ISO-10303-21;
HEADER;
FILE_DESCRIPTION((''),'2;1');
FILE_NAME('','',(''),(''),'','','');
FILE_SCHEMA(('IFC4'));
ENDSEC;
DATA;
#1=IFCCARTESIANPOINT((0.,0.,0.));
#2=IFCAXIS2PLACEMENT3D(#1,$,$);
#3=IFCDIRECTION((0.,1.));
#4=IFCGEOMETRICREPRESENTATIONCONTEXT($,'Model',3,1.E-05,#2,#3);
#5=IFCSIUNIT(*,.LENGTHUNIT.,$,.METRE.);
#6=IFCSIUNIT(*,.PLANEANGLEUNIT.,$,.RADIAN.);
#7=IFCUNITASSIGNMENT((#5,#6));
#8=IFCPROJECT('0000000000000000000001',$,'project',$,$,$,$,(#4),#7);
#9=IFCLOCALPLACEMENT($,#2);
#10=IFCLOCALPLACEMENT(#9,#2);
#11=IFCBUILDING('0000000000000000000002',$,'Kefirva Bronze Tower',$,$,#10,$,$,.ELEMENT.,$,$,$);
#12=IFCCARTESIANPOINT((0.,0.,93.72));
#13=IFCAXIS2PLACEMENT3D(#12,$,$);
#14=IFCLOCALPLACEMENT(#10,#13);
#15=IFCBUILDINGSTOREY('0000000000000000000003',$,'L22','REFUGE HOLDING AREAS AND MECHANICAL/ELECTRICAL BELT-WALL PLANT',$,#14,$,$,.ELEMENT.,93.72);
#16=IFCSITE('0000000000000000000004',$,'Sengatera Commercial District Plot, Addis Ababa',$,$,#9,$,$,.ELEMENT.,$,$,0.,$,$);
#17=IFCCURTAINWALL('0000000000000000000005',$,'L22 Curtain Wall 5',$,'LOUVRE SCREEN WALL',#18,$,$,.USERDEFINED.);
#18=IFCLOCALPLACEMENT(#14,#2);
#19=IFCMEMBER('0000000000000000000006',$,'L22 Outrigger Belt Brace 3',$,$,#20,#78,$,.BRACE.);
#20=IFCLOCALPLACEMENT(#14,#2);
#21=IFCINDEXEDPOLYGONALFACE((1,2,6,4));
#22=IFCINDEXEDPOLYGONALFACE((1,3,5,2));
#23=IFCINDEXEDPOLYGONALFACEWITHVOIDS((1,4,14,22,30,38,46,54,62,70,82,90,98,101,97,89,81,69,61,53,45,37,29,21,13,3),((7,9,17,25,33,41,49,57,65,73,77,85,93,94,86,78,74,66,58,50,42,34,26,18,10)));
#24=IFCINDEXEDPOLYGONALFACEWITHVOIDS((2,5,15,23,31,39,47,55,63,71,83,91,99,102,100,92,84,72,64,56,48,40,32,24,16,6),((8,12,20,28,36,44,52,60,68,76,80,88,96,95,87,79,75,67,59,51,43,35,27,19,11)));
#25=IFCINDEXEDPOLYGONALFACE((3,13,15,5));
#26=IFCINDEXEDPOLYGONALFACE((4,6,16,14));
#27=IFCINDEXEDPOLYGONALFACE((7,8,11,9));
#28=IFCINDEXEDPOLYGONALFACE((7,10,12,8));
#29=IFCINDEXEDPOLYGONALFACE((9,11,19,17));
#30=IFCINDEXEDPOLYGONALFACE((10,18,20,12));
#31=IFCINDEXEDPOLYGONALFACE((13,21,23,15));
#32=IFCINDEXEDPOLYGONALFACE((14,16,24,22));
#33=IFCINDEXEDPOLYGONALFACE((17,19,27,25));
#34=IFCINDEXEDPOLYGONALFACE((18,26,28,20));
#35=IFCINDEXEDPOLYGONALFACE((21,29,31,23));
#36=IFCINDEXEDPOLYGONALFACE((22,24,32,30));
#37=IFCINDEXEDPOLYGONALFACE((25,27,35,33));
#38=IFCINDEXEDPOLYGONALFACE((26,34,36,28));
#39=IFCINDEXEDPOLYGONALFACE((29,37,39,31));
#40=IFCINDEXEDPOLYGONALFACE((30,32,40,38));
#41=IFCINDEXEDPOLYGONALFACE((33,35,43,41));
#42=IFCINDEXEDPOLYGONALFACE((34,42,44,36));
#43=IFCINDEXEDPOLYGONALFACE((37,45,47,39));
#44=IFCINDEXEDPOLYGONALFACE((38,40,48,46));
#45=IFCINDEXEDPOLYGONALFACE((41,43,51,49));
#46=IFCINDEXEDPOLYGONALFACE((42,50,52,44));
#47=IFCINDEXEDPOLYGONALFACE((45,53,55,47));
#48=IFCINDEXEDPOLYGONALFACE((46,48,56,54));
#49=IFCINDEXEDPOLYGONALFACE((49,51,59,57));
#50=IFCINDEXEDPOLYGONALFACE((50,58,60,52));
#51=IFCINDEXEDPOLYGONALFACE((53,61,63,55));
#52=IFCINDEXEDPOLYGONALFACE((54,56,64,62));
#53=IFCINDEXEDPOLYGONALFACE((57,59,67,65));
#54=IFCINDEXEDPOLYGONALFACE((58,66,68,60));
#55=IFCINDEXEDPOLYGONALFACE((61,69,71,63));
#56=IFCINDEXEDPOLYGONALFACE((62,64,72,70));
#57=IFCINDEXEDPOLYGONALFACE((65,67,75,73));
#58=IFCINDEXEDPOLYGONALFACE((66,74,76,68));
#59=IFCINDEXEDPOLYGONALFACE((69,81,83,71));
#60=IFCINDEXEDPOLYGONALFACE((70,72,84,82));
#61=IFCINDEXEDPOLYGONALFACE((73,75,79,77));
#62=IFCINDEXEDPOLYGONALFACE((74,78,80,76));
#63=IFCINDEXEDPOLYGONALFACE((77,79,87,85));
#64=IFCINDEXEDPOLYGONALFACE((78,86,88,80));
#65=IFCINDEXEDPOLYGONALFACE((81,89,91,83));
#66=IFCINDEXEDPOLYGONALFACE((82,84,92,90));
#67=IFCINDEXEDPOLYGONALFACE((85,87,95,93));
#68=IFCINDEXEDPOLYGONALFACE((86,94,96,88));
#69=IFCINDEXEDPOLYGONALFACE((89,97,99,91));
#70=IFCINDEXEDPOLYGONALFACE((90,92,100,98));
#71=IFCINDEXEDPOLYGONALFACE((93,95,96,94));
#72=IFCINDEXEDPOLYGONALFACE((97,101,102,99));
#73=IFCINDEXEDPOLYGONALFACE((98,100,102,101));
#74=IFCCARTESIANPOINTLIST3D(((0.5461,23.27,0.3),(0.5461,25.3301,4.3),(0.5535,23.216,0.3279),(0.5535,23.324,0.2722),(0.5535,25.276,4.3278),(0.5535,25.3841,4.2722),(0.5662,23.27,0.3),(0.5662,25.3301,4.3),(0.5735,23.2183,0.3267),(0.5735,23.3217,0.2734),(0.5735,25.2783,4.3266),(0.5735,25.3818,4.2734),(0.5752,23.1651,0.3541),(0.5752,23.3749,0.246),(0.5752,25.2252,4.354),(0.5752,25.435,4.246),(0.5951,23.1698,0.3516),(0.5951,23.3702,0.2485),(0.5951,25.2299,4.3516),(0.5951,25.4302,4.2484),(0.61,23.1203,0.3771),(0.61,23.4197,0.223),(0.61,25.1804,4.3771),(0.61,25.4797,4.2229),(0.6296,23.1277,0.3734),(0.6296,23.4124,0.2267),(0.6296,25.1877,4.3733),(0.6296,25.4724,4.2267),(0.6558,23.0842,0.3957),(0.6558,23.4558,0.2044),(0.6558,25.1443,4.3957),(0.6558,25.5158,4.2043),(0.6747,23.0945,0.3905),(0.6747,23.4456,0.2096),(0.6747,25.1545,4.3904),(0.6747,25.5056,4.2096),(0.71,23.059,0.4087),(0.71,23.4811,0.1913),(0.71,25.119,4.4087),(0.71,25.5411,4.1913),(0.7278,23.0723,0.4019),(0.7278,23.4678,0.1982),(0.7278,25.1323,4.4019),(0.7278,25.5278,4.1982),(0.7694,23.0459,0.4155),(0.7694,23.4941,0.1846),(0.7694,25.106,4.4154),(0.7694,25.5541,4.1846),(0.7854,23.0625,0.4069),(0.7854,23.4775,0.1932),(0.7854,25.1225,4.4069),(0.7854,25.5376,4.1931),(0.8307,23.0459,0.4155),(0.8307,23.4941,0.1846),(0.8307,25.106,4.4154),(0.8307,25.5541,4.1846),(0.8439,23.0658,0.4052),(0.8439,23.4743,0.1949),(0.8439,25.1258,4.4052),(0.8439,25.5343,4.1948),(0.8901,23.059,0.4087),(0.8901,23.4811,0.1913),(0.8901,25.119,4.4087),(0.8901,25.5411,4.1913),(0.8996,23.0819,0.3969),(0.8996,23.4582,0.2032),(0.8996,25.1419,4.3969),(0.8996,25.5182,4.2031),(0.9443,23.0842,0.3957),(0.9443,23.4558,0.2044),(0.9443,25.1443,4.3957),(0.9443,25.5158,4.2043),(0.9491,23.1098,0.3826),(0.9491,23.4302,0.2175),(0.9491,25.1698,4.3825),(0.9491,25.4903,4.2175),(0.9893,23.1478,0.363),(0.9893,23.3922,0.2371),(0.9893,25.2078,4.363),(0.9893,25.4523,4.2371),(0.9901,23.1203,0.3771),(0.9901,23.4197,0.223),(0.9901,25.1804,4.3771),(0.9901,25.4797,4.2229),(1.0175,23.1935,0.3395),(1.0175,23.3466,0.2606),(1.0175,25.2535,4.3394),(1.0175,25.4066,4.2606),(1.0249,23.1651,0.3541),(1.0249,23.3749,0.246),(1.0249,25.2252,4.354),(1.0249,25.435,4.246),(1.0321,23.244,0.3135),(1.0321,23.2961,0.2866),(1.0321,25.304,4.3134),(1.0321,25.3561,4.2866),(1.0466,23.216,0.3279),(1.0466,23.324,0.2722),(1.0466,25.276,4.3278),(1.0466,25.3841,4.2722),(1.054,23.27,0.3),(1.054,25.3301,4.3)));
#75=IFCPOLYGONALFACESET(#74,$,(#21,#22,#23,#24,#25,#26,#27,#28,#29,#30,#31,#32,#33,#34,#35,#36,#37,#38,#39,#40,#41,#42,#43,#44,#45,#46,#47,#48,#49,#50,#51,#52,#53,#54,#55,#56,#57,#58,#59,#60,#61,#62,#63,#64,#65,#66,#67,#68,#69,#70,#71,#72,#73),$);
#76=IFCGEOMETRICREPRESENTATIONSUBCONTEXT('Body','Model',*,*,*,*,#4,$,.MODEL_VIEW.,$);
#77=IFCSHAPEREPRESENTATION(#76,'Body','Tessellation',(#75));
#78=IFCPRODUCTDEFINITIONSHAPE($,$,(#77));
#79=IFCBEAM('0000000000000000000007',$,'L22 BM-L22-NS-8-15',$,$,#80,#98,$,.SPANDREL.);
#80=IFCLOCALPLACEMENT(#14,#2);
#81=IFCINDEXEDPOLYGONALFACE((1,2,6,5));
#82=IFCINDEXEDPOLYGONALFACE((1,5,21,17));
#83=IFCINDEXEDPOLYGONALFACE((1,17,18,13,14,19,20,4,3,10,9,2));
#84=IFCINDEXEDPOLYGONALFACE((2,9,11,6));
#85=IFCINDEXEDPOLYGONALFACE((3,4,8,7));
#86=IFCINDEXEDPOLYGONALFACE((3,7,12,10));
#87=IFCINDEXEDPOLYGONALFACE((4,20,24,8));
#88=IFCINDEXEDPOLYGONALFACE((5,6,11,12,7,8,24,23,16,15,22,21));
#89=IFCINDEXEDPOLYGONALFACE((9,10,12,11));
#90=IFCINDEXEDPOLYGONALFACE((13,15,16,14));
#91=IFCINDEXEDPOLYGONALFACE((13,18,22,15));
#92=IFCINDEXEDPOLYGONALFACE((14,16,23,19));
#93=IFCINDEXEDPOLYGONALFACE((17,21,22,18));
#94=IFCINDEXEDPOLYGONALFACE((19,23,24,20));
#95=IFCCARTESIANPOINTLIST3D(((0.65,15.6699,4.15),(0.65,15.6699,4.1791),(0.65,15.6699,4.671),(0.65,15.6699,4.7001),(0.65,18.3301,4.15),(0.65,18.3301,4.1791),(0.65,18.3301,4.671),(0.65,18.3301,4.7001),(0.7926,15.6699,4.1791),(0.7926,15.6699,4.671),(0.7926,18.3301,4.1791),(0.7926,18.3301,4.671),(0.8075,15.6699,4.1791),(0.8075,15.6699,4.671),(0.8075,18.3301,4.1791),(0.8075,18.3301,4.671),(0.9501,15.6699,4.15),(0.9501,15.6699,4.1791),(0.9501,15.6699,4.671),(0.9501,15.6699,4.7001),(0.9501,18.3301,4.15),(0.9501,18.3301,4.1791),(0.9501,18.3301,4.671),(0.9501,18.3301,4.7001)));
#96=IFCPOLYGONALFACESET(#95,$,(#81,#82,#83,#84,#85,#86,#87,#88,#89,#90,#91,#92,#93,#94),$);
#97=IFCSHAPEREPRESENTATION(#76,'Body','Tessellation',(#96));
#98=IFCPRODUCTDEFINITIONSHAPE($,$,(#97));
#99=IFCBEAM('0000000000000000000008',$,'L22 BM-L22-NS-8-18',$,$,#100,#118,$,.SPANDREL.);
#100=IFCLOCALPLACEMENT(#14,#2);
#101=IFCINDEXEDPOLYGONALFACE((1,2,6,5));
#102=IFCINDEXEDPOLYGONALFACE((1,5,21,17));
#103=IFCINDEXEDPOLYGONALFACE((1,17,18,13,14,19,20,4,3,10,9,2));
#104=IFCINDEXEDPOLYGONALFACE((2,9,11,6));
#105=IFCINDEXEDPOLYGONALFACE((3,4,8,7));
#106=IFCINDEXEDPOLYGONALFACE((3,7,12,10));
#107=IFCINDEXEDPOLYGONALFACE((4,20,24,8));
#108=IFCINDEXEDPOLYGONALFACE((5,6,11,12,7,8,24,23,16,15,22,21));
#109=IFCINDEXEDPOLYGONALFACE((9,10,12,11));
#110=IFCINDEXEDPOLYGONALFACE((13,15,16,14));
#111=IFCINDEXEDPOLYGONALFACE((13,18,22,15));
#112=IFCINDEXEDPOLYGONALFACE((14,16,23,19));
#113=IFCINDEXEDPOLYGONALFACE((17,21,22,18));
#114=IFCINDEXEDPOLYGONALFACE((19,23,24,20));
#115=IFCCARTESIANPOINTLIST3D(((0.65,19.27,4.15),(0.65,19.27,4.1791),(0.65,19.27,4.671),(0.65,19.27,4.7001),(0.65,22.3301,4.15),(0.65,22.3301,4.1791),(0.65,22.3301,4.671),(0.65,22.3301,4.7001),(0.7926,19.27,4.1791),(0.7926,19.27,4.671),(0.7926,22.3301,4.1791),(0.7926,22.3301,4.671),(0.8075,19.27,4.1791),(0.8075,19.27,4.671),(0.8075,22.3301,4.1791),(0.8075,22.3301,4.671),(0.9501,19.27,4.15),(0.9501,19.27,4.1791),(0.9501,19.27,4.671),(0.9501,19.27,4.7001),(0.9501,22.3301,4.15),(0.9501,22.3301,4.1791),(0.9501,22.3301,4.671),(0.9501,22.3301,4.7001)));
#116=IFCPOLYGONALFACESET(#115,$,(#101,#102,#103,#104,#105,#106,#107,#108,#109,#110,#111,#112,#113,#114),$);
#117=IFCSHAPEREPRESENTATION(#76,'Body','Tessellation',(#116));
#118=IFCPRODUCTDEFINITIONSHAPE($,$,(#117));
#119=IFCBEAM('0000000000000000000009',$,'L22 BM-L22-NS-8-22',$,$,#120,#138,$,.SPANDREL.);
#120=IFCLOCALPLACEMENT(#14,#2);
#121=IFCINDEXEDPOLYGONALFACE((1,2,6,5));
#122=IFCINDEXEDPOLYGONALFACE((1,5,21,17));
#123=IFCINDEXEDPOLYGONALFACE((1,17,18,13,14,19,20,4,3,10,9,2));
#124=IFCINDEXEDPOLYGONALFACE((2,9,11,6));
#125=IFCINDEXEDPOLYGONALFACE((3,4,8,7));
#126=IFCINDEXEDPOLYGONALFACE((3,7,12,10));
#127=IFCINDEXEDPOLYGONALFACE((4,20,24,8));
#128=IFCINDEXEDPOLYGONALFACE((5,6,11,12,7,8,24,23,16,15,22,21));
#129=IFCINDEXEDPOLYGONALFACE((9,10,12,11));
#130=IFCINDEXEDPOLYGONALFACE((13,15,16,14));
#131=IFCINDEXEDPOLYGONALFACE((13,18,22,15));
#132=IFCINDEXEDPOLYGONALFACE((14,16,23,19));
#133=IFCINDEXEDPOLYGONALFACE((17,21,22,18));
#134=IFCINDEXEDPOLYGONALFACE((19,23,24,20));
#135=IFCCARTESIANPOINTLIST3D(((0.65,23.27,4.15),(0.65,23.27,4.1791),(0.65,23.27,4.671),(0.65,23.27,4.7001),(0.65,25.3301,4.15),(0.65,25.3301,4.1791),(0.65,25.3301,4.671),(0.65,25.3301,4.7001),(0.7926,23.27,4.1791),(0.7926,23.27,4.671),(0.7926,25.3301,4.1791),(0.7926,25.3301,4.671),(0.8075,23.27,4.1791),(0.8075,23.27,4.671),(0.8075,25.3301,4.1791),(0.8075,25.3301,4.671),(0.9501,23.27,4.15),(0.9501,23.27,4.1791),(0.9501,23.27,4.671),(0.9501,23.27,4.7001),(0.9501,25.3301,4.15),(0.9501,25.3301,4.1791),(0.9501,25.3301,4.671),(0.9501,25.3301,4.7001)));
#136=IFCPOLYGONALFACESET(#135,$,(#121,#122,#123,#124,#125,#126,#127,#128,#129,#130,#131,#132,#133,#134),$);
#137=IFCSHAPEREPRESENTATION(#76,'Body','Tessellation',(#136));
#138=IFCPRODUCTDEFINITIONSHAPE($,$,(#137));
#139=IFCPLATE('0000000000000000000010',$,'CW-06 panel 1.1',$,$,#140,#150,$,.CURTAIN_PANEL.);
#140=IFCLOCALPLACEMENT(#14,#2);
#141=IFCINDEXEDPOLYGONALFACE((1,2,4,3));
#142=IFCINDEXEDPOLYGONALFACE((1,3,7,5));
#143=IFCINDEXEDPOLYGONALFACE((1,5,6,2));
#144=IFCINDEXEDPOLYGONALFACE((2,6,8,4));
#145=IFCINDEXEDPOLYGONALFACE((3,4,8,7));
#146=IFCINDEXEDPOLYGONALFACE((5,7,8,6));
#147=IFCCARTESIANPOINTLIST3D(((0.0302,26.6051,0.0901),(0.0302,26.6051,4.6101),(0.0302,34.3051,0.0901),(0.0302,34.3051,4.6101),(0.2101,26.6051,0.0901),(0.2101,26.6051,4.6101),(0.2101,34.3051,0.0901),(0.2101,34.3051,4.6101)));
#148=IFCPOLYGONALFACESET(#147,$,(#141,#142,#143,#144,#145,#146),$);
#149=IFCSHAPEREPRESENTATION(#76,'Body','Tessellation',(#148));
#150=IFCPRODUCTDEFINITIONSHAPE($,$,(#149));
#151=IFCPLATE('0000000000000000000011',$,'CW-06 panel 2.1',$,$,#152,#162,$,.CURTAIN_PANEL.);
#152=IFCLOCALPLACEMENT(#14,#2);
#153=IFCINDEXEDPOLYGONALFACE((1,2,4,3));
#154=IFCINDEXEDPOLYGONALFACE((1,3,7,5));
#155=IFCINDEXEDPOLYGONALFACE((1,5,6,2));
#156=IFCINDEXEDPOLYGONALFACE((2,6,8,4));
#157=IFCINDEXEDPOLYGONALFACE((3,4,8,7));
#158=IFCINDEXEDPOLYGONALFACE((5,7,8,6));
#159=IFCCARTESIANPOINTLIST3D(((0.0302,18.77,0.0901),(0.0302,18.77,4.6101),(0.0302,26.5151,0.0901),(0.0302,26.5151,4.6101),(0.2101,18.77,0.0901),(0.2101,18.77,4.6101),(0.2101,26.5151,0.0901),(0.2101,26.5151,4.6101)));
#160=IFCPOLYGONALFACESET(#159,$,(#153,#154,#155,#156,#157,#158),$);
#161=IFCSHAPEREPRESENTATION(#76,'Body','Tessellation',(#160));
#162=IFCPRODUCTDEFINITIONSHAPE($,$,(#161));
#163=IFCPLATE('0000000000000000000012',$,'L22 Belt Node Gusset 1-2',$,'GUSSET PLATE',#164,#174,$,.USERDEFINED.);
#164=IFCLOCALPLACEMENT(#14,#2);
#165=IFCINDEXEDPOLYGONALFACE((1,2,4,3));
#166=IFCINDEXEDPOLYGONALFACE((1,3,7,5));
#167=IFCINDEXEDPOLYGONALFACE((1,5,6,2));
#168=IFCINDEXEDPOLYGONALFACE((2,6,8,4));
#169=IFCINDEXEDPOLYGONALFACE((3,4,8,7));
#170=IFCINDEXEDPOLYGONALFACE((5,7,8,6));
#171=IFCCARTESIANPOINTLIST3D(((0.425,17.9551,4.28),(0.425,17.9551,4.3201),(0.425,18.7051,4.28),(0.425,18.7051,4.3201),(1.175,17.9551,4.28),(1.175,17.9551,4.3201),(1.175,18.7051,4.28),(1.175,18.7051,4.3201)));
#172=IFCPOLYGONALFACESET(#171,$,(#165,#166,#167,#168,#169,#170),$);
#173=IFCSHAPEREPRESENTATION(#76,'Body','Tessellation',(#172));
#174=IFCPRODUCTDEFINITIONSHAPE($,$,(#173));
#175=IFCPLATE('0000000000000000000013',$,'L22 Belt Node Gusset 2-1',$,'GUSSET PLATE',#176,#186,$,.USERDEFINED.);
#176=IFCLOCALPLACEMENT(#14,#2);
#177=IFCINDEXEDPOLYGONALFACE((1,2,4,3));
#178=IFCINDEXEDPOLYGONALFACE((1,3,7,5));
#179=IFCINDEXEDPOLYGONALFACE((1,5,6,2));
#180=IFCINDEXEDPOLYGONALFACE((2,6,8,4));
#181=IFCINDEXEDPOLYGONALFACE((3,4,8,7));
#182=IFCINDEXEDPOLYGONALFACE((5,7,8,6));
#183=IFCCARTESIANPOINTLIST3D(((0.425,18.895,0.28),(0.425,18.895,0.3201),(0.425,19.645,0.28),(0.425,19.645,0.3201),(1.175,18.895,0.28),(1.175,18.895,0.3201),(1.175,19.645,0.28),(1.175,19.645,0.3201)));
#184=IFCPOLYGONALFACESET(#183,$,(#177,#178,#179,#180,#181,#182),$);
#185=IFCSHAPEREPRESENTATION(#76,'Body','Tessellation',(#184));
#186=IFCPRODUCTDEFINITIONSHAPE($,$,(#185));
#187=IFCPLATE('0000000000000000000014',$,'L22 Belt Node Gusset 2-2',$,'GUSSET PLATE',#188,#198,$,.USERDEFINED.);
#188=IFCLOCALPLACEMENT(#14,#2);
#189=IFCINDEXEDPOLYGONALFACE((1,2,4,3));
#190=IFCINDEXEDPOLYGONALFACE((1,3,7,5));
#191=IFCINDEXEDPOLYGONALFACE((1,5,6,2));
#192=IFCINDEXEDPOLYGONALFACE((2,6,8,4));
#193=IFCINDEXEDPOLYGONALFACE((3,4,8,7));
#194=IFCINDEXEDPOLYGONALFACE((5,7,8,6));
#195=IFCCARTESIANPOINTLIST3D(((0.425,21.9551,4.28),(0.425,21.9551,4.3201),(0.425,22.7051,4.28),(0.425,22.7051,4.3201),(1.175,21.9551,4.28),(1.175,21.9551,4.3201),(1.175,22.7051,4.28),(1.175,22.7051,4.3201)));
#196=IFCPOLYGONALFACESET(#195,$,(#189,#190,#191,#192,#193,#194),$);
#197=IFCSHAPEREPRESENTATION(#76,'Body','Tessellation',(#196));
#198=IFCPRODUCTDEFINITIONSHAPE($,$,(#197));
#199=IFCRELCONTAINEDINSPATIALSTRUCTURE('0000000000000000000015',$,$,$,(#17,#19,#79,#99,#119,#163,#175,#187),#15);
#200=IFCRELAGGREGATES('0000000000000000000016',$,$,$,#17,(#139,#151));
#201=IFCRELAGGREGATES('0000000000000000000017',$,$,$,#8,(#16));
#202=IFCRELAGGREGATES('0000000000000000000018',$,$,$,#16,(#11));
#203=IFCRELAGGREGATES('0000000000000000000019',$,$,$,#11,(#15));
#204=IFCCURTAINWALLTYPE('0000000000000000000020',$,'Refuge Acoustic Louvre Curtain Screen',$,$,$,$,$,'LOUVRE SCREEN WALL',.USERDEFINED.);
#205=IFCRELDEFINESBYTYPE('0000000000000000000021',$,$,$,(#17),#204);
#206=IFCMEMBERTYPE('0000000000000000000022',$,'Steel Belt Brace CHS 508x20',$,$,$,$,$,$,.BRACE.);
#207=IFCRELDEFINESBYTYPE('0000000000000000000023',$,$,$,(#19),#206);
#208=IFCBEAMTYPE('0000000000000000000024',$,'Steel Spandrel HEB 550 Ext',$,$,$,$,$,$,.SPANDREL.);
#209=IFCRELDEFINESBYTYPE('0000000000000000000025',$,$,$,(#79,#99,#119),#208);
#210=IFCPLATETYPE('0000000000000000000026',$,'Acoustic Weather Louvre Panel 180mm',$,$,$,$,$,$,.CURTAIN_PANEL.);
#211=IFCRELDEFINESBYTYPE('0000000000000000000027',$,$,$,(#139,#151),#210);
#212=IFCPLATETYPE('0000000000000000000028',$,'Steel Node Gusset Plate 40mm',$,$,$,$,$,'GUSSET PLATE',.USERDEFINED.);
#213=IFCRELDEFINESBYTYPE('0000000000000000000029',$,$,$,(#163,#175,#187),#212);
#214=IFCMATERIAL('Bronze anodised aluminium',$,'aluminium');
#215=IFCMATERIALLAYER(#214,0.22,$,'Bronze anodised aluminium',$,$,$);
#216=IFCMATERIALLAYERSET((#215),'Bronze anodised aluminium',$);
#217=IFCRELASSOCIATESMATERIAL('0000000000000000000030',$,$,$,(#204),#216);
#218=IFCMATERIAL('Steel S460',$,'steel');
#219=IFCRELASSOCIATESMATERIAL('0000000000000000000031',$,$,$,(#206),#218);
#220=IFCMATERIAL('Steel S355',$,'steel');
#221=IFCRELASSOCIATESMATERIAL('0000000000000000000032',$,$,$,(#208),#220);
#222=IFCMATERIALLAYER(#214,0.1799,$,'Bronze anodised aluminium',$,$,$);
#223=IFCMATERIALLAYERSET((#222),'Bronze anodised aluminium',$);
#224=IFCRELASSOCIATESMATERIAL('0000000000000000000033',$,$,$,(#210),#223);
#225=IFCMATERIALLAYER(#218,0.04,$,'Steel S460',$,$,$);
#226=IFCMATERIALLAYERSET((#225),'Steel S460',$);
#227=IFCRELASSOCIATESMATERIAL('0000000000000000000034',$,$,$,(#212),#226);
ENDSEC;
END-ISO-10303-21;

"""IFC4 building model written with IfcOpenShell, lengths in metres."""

from ifc_helpers import new_model, si_unit, direction, frame, origin, origin_2d, place, context, subcontext, project, spatial, rectangle, hollow_circle, i_section, extrude, material, layer, layer_set, material_profile, profile_set, type_object, element, aggregate, save


model = new_model("IFC4")

# Units and contexts
model_context = context("Model", 3, precision=1e-05, world=origin(), true_north=direction((0.0, 1.0)))
body_context = subcontext(model_context, "Body", "Model", "MODEL_VIEW")
ifc_project = project(units=[si_unit("LENGTHUNIT", "METRE"), si_unit("PLANEANGLEUNIT", "RADIAN")], contexts=[model_context])

# Site, building, storey
site_placement = place(None, origin())
site = spatial("IfcSite", under=ifc_project, at=site_placement, Name="Sengatera Commercial District Plot, Addis Ababa", CompositionType="ELEMENT", RefElevation=0.0)
building_placement = place(site_placement, origin())
building = spatial("IfcBuilding", under=site, at=building_placement, Name="Kefirva Bronze Tower", CompositionType="ELEMENT")
storey_placement = place(building_placement, frame((0.0, 0.0, 93.72)))
storey = spatial("IfcBuildingStorey", under=building, at=storey_placement, Name="L22", Description="REFUGE HOLDING AREAS AND MECHANICAL/ELECTRICAL BELT-WALL PLANT", CompositionType="ELEMENT", Elevation=93.72)

# Curtain wall
ifc_material_1 = material(Name="Bronze anodised aluminium", Category="aluminium")
ifc_layer_1 = layer(ifc_material_1, 0.22, Name="Bronze anodised aluminium")
ifc_layer_set_1 = layer_set([ifc_layer_1], Name="Bronze anodised aluminium")
curtain_wall_type = type_object("IfcCurtainWallType", Name="Refuge Acoustic Louvre Curtain Screen", ElementType="LOUVRE SCREEN WALL", PredefinedType="USERDEFINED", material=ifc_layer_set_1)
curtain_wall_placement = place(storey_placement, origin())
curtain_wall = element("IfcCurtainWall", 1, at=curtain_wall_placement, inside=storey, type_object=curtain_wall_type, Name="L22 Curtain Wall 5", ObjectType="LOUVRE SCREEN WALL", PredefinedType="USERDEFINED")

# Member
ifc_material_2 = material(Name="Steel S460", Category="steel")
ifc_material_profile_1 = material_profile(ifc_material_2, hollow_circle(Radius=0.2539, WallThickness=0.02, at=origin_2d()), Name="CHS 508x20")
ifc_profile_set_1 = profile_set([ifc_material_profile_1], Name="Steel S460")
member_type_1 = type_object("IfcMemberType", Name="Steel Belt Brace CHS 508x20", PredefinedType="BRACE", material=ifc_profile_set_1)
member_1_placement = place(storey_placement, frame((0.8, 23.27, 0.3), z_axis=(0.0, 0.45786, 0.889024), x_axis=(-1.0, 0.0, 0.0)))
element("IfcMember", 2, at=member_1_placement, inside=storey, type_object=member_type_1, Name="L22 Outrigger Belt Brace 3", PredefinedType="BRACE", context=body_context, shape_type="SweptSolid", body=[
    extrude(hollow_circle(Radius=0.2539, WallThickness=0.02, at=origin_2d()), origin(), (0.0, 0.0, 1.0), 4.4993),
])

# Beams
ifc_material_3 = material(Name="Steel S355", Category="steel")
ifc_material_profile_2 = material_profile(ifc_material_3, i_section(OverallWidth=0.3, OverallDepth=0.55, WebThickness=0.0149, FlangeThickness=0.0291, at=origin_2d()), Name="HEB 550")
ifc_profile_set_2 = profile_set([ifc_material_profile_2], Name="Steel S355")
beam_type = type_object("IfcBeamType", Name="Steel Spandrel HEB 550 Ext", PredefinedType="SPANDREL", material=ifc_profile_set_2)
beam_1_placement = place(storey_placement, frame((0.8, 15.6699, 4.425), z_axis=(0.0, 1.0, 0.0), x_axis=(-1.0, 0.0, 0.0)))
element("IfcBeam", 3, at=beam_1_placement, inside=storey, type_object=beam_type, Name="L22 BM-L22-NS-8-15", PredefinedType="SPANDREL", context=body_context, shape_type="SweptSolid", body=[
    extrude(i_section(OverallWidth=0.3, OverallDepth=0.55, WebThickness=0.0149, FlangeThickness=0.0291, at=origin_2d()), origin(), (0.0, 0.0, 1.0), 2.6602),
])
beam_2_placement = place(storey_placement, frame((0.8, 19.27, 4.425), z_axis=(0.0, 1.0, 0.0), x_axis=(-1.0, 0.0, 0.0)))
element("IfcBeam", 4, at=beam_2_placement, inside=storey, type_object=beam_type, Name="L22 BM-L22-NS-8-18", PredefinedType="SPANDREL", context=body_context, shape_type="SweptSolid", body=[
    extrude(i_section(OverallWidth=0.3, OverallDepth=0.55, WebThickness=0.0149, FlangeThickness=0.0291, at=origin_2d()), origin(), (0.0, 0.0, 1.0), 3.0601),
])
beam_3_placement = place(storey_placement, frame((0.8, 23.27, 4.425), z_axis=(0.0, 1.0, 0.0), x_axis=(-1.0, 0.0, 0.0)))
element("IfcBeam", 5, at=beam_3_placement, inside=storey, type_object=beam_type, Name="L22 BM-L22-NS-8-22", PredefinedType="SPANDREL", context=body_context, shape_type="SweptSolid", body=[
    extrude(i_section(OverallWidth=0.3, OverallDepth=0.55, WebThickness=0.0149, FlangeThickness=0.0291, at=origin_2d()), origin(), (0.0, 0.0, 1.0), 2.0601),
])

# Plates
ifc_layer_2 = layer(ifc_material_1, 0.1799, Name="Bronze anodised aluminium")
ifc_layer_set_2 = layer_set([ifc_layer_2], Name="Bronze anodised aluminium")
plate_type_1 = type_object("IfcPlateType", Name="Acoustic Weather Louvre Panel 180mm", PredefinedType="CURTAIN_PANEL", material=ifc_layer_set_2)
plate_1_placement = place(storey_placement, frame((0.1201, 30.4551, 0.0901), z_axis=(0.0, 0.0, 1.0), x_axis=(0.0, -1.0, 0.0)))
plate_1 = element("IfcPlate", 6, at=plate_1_placement, type_object=plate_type_1, Name="CW-06 panel 1.1", PredefinedType="CURTAIN_PANEL", context=body_context, shape_type="SweptSolid", body=[
    extrude(rectangle(XDim=7.7, YDim=0.1799, at=origin_2d()), origin(), (0.0, 0.0, 1.0), 4.52),
])
plate_2_placement = place(storey_placement, frame((0.1201, 22.6426, 0.0901), z_axis=(0.0, 0.0, 1.0), x_axis=(0.0, -1.0, 0.0)))
plate_2 = element("IfcPlate", 7, at=plate_2_placement, type_object=plate_type_1, Name="CW-06 panel 2.1", PredefinedType="CURTAIN_PANEL", context=body_context, shape_type="SweptSolid", body=[
    extrude(rectangle(XDim=7.7451, YDim=0.1799, at=origin_2d()), origin(), (0.0, 0.0, 1.0), 4.52),
])
aggregate(curtain_wall, [plate_1, plate_2])

# Plates
ifc_layer_3 = layer(ifc_material_2, 0.04, Name="Steel S460")
ifc_layer_set_3 = layer_set([ifc_layer_3], Name="Steel S460")
plate_type_2 = type_object("IfcPlateType", Name="Steel Node Gusset Plate 40mm", ElementType="GUSSET PLATE", PredefinedType="USERDEFINED", material=ifc_layer_set_3)
for number, where, z_axis, x_axis, name in (
    (8, (0.8, 18.3301, 4.28), (0.0, 0.0, 1.0), (1.0, 0.0, 0.0), "L22 Belt Node Gusset 1-2"),
    (9, (0.8, 19.27, 0.28), (0.0, 0.0, 1.0), (1.0, 0.0, 0.0), "L22 Belt Node Gusset 2-1"),
    (10, (0.8, 22.3301, 4.28), (0.0, 0.0, 1.0), (1.0, 0.0, 0.0), "L22 Belt Node Gusset 2-2"),
):
    element("IfcPlate", number, at=place(storey_placement, frame(where, z_axis=z_axis, x_axis=x_axis)), inside=storey, type_object=plate_type_2, Name=name, ObjectType="GUSSET PLATE", PredefinedType="USERDEFINED", context=body_context, shape_type="SweptSolid", body=[
        extrude(rectangle(XDim=0.75, YDim=0.75, at=origin_2d()), origin(), (0.0, 0.0, 1.0), 0.04),
    ])

save(model, "model.ifc")
